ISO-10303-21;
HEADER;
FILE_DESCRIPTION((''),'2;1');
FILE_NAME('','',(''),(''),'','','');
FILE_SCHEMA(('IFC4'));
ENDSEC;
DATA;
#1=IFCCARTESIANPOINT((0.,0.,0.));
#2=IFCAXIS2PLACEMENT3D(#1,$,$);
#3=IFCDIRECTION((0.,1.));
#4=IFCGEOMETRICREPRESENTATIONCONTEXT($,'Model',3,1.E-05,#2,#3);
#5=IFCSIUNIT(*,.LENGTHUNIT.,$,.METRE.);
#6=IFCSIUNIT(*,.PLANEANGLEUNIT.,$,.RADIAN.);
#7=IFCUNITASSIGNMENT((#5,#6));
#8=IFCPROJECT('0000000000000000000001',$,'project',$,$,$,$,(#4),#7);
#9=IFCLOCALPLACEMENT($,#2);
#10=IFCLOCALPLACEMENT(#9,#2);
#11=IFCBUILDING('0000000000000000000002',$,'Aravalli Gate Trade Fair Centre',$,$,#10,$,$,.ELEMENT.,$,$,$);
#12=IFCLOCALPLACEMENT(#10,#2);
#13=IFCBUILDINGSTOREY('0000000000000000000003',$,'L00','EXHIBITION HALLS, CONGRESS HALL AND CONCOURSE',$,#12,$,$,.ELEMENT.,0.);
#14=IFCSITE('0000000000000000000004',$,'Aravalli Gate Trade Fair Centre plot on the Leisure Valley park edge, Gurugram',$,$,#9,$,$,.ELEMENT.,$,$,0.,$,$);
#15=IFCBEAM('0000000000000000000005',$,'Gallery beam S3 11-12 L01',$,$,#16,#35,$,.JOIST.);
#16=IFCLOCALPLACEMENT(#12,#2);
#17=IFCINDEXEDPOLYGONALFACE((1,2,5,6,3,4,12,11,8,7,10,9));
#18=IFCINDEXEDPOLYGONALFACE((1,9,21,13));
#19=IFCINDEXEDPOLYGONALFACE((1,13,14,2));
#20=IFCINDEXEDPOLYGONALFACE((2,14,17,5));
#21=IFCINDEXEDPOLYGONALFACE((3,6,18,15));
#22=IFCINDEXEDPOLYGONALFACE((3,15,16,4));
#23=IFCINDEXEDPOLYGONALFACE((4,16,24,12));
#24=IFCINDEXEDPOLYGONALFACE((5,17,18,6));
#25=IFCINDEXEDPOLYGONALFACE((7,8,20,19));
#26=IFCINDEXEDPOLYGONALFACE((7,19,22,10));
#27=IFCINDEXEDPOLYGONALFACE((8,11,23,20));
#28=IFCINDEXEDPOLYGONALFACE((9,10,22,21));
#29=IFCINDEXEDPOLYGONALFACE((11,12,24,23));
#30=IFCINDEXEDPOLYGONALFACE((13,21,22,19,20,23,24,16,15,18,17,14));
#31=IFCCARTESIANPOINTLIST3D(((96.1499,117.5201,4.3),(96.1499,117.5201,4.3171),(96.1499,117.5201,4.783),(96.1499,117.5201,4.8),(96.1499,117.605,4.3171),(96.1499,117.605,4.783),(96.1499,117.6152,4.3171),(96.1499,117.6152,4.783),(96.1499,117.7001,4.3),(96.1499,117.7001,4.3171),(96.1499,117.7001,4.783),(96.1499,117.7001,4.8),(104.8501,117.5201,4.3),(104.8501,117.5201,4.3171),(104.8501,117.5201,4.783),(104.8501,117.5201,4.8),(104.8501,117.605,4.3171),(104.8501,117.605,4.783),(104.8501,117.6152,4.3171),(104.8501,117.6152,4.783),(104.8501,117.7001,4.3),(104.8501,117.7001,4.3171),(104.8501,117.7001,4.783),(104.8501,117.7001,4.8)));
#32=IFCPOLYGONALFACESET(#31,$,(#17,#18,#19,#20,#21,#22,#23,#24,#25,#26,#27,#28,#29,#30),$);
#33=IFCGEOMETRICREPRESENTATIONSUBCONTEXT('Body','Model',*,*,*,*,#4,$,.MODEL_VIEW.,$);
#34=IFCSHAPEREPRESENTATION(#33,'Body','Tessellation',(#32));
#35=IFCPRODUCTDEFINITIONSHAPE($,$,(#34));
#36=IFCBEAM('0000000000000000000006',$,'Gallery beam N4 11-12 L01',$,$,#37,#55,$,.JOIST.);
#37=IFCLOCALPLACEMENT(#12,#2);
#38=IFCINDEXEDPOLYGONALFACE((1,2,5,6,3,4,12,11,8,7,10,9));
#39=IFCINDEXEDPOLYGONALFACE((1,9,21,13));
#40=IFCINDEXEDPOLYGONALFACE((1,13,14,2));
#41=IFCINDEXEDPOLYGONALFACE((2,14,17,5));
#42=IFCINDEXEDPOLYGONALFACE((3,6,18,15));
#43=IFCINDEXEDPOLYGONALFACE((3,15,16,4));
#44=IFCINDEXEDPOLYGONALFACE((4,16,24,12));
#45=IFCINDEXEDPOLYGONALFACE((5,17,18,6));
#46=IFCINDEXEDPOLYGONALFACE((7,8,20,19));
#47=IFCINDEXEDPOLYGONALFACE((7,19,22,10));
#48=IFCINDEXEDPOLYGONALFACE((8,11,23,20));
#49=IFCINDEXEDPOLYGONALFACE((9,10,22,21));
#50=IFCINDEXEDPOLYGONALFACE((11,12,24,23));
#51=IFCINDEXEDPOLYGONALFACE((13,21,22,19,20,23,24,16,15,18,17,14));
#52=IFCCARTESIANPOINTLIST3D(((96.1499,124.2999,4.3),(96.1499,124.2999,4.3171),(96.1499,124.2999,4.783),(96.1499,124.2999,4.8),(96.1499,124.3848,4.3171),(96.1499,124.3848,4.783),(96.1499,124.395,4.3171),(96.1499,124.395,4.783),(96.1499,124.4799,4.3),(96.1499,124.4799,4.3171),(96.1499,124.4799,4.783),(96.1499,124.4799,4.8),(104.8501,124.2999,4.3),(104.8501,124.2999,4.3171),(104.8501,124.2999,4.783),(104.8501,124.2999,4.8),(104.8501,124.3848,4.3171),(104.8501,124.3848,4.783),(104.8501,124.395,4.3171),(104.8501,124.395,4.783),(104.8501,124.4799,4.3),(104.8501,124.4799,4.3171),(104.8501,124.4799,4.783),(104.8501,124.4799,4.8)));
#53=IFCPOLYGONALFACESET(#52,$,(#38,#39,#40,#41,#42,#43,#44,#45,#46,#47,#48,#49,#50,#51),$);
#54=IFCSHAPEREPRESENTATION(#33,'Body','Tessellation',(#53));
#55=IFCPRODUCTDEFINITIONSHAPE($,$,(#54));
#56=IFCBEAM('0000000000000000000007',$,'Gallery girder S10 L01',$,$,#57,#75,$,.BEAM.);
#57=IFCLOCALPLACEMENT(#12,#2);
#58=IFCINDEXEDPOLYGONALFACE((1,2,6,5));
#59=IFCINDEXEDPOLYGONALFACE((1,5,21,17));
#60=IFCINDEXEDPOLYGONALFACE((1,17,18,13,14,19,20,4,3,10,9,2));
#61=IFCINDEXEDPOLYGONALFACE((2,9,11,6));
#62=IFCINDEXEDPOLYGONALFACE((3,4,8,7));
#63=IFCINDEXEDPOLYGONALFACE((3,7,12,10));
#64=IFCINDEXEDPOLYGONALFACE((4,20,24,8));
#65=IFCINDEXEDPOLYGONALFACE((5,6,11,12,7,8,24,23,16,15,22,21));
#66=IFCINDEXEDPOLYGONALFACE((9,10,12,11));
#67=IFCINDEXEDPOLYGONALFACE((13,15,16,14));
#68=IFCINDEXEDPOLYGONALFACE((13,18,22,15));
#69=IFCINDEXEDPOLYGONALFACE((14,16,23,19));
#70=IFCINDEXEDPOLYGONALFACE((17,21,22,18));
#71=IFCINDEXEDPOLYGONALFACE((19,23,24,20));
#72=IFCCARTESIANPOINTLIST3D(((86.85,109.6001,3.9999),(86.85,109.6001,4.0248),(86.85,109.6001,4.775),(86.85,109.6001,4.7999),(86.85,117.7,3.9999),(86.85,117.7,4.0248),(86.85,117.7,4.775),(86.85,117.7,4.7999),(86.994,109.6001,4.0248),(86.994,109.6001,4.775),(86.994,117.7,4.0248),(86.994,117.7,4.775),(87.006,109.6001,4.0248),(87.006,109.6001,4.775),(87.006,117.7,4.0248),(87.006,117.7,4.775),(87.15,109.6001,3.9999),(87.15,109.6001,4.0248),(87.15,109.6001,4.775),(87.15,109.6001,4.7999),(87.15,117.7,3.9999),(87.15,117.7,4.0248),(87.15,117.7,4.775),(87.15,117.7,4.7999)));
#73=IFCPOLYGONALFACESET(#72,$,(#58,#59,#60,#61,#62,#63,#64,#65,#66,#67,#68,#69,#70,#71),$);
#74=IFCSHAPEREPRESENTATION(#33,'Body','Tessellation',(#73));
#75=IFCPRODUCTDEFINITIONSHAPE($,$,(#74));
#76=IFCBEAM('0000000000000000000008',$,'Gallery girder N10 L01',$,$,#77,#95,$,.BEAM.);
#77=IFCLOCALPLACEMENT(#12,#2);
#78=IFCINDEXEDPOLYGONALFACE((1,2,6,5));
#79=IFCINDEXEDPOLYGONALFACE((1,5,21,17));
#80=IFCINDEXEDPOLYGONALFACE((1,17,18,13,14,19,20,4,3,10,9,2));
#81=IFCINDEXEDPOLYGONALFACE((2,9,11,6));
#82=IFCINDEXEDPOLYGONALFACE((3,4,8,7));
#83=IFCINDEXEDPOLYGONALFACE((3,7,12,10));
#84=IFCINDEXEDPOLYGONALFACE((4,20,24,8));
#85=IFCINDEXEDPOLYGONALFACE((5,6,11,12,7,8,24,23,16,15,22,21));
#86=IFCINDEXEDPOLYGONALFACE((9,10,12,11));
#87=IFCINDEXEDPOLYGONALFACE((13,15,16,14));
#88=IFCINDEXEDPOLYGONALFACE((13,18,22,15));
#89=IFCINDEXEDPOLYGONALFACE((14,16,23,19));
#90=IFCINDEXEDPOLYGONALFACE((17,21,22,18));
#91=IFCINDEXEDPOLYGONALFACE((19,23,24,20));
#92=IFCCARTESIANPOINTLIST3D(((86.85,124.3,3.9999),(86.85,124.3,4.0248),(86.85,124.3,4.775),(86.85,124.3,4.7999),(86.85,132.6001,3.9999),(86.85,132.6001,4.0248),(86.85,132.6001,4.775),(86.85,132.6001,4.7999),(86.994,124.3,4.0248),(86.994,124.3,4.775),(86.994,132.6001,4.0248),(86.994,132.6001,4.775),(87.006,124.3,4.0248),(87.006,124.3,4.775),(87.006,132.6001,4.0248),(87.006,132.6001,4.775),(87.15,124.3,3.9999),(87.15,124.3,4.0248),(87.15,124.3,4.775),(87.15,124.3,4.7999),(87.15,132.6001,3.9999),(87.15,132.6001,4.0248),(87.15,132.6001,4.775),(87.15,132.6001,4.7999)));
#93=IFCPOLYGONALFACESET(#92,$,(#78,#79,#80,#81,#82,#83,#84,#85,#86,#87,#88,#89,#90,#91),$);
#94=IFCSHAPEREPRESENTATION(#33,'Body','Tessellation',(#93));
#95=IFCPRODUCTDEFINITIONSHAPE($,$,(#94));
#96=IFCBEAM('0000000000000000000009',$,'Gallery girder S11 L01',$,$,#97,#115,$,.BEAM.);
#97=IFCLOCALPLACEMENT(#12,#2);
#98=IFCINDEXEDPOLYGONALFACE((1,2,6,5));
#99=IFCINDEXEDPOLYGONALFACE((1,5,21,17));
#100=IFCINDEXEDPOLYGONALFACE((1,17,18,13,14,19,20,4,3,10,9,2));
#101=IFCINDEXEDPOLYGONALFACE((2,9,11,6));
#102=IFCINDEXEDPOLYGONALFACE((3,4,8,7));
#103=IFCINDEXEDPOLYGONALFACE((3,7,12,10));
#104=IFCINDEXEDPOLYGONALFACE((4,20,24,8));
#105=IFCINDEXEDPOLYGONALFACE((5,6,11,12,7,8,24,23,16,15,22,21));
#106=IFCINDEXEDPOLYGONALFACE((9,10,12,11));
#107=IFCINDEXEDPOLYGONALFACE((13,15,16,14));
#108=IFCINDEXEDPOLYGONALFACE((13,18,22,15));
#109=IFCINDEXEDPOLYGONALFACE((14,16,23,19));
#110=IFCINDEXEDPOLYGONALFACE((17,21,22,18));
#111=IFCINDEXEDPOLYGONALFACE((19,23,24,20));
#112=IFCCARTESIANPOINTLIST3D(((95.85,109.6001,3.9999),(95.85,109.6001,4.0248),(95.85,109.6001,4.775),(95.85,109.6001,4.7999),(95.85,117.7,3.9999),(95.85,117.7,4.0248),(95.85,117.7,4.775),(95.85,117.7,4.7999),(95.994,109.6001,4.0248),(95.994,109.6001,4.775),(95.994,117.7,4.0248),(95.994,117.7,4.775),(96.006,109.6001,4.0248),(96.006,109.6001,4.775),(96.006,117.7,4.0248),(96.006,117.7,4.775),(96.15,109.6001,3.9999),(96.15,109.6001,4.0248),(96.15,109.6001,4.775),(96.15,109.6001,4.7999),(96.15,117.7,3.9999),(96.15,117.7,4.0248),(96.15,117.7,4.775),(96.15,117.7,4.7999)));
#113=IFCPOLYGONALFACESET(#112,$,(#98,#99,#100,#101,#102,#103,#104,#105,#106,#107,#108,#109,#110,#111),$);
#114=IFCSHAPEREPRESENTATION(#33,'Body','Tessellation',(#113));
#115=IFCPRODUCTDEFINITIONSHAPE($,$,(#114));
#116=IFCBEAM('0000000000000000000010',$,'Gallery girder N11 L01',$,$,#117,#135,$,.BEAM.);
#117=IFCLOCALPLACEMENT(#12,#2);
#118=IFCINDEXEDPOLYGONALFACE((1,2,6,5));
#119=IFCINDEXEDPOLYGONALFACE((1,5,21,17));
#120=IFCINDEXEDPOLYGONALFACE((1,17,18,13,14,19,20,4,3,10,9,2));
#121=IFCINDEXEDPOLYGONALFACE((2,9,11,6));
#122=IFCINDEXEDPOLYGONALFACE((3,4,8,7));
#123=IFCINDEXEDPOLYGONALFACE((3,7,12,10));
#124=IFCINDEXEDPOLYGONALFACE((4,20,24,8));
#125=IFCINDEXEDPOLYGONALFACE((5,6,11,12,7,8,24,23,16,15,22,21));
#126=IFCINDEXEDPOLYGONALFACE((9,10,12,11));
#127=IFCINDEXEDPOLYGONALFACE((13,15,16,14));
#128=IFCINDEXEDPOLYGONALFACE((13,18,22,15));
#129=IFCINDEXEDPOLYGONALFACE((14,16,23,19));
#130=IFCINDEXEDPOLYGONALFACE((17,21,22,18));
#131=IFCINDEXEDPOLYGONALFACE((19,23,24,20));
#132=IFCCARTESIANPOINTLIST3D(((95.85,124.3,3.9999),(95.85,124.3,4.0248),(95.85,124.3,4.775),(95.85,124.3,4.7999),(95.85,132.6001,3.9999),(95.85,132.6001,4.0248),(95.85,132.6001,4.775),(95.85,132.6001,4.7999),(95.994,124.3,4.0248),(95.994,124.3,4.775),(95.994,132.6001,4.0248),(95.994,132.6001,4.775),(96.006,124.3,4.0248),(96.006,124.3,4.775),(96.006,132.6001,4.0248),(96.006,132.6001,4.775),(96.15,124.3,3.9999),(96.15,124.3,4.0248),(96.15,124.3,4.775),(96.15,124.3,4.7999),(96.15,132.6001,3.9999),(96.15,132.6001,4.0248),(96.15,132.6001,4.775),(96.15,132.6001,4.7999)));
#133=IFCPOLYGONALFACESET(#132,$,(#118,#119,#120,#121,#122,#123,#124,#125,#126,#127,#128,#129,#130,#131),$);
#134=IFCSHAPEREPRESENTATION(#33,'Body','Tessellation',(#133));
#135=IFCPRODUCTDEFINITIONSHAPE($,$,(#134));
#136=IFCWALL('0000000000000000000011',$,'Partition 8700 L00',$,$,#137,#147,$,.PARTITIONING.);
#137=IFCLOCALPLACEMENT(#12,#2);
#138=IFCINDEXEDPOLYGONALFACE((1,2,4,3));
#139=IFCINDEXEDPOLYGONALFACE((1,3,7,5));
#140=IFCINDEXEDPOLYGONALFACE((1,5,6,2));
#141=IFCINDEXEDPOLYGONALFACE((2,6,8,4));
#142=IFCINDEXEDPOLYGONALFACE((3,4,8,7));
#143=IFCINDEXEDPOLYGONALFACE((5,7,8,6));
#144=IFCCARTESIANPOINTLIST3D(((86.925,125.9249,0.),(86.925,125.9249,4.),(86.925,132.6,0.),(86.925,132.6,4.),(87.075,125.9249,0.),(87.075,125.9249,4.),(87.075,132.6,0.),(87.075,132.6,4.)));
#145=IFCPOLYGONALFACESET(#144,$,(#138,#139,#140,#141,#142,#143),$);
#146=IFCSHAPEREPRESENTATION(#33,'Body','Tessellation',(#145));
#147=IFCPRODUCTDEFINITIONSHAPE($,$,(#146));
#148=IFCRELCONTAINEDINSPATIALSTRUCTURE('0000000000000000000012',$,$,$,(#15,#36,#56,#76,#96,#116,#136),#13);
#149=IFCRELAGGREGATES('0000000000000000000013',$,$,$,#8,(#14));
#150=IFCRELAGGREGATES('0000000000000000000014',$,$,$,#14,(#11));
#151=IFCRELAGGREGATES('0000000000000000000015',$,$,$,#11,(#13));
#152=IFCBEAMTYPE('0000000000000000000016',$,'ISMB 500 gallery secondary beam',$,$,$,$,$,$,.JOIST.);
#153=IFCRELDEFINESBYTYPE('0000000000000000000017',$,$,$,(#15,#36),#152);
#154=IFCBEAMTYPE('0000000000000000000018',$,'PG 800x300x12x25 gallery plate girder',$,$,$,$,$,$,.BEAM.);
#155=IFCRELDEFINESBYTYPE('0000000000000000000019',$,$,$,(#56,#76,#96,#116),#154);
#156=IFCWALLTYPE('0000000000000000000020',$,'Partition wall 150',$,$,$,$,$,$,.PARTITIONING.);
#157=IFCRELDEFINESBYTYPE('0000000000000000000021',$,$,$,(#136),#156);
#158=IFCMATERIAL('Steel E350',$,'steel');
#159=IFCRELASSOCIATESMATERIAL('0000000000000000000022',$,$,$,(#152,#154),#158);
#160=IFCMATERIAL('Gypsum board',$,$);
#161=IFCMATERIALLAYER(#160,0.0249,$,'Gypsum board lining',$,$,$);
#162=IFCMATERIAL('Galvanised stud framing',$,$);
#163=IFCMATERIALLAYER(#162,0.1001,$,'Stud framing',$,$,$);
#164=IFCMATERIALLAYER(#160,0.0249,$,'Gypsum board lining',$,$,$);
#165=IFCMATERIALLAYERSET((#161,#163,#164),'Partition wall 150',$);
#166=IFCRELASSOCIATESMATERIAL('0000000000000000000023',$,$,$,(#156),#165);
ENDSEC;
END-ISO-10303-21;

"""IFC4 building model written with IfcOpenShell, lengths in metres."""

from ifc_helpers import new_model, si_unit, direction, frame, frame_2d, origin, origin_2d, place, context, subcontext, project, spatial, rectangle, i_section, extrude, material, layer, layer_set, material_profile, profile_set, type_object, element, save


model = new_model("IFC4")

# Units and contexts
model_context = context("Model", 3, precision=1e-05, world=origin(), true_north=direction((0.0, 1.0)))
body_context = subcontext(model_context, "Body", "Model", "MODEL_VIEW")
ifc_project = project(units=[si_unit("LENGTHUNIT", "METRE"), si_unit("PLANEANGLEUNIT", "RADIAN")], contexts=[model_context])

# Site, building, storey
site_placement = place(None, origin())
site = spatial("IfcSite", under=ifc_project, at=site_placement, Name="Aravalli Gate Trade Fair Centre plot on the Leisure Valley park edge, Gurugram", CompositionType="ELEMENT", RefElevation=0.0)
building_placement = place(site_placement, origin())
building = spatial("IfcBuilding", under=site, at=building_placement, Name="Aravalli Gate Trade Fair Centre", CompositionType="ELEMENT")
storey_placement = place(building_placement, origin())
storey = spatial("IfcBuildingStorey", under=building, at=storey_placement, Name="L00", Description="EXHIBITION HALLS, CONGRESS HALL AND CONCOURSE", CompositionType="ELEMENT", Elevation=0.0)

# Beams
ifc_material_1 = material(Name="Steel E350", Category="steel")
ifc_material_profile_1 = material_profile(ifc_material_1, i_section(OverallWidth=0.1799, OverallDepth=0.5, WebThickness=0.0103, FlangeThickness=0.0171, at=origin_2d()), Name="ISMB 500")
ifc_profile_set_1 = profile_set([ifc_material_profile_1], Name="Steel E350")
beam_type_1 = type_object("IfcBeamType", Name="ISMB 500 gallery secondary beam", PredefinedType="JOIST", material=ifc_profile_set_1)
for number, where, z_axis, x_axis, name in (
    (1, (96.1499, 117.6101, 4.55), (1.0, 0.0, 0.0), (0.0, 1.0, 0.0), "Gallery beam S3 11-12 L01"),
    (2, (96.1499, 124.3899, 4.55), (1.0, 0.0, 0.0), (0.0, 1.0, 0.0), "Gallery beam N4 11-12 L01"),
):
    element("IfcBeam", number, at=place(storey_placement, frame(where, z_axis=z_axis, x_axis=x_axis)), inside=storey, type_object=beam_type_1, Name=name, PredefinedType="JOIST", context=body_context, shape_type="SweptSolid", body=[
        extrude(i_section(OverallWidth=0.1799, OverallDepth=0.5, WebThickness=0.0103, FlangeThickness=0.0171, at=origin_2d()), origin(), (0.0, 0.0, 1.0), 8.7002),
    ])
ifc_material_profile_2 = material_profile(ifc_material_1, i_section(OverallWidth=0.3, OverallDepth=0.8, WebThickness=0.012, FlangeThickness=0.0249, at=origin_2d()), Name="PG 800x300x12x25")
ifc_profile_set_2 = profile_set([ifc_material_profile_2], Name="Steel E350")
beam_type_2 = type_object("IfcBeamType", Name="PG 800x300x12x25 gallery plate girder", PredefinedType="BEAM", material=ifc_profile_set_2)
beam_1_placement = place(storey_placement, frame((87.0, 109.6001, 4.3999), z_axis=(0.0, 1.0, 0.0), x_axis=(-1.0, 0.0, 0.0)))
element("IfcBeam", 3, at=beam_1_placement, inside=storey, type_object=beam_type_2, Name="Gallery girder S10 L01", PredefinedType="BEAM", context=body_context, shape_type="SweptSolid", body=[
    extrude(i_section(OverallWidth=0.3, OverallDepth=0.8, WebThickness=0.012, FlangeThickness=0.0249, at=origin_2d()), origin(), (0.0, 0.0, 1.0), 8.0999),
])
beam_2_placement = place(storey_placement, frame((87.0, 124.3, 4.3999), z_axis=(0.0, 1.0, 0.0), x_axis=(-1.0, 0.0, 0.0)))
element("IfcBeam", 4, at=beam_2_placement, inside=storey, type_object=beam_type_2, Name="Gallery girder N10 L01", PredefinedType="BEAM", context=body_context, shape_type="SweptSolid", body=[
    extrude(i_section(OverallWidth=0.3, OverallDepth=0.8, WebThickness=0.012, FlangeThickness=0.0249, at=origin_2d()), origin(), (0.0, 0.0, 1.0), 8.3),
])
beam_3_placement = place(storey_placement, frame((96.0, 109.6001, 4.3999), z_axis=(0.0, 1.0, 0.0), x_axis=(-1.0, 0.0, 0.0)))
element("IfcBeam", 5, at=beam_3_placement, inside=storey, type_object=beam_type_2, Name="Gallery girder S11 L01", PredefinedType="BEAM", context=body_context, shape_type="SweptSolid", body=[
    extrude(i_section(OverallWidth=0.3, OverallDepth=0.8, WebThickness=0.012, FlangeThickness=0.0249, at=origin_2d()), origin(), (0.0, 0.0, 1.0), 8.0999),
])
beam_4_placement = place(storey_placement, frame((96.0, 124.3, 4.3999), z_axis=(0.0, 1.0, 0.0), x_axis=(-1.0, 0.0, 0.0)))
element("IfcBeam", 6, at=beam_4_placement, inside=storey, type_object=beam_type_2, Name="Gallery girder N11 L01", PredefinedType="BEAM", context=body_context, shape_type="SweptSolid", body=[
    extrude(i_section(OverallWidth=0.3, OverallDepth=0.8, WebThickness=0.012, FlangeThickness=0.0249, at=origin_2d()), origin(), (0.0, 0.0, 1.0), 8.3),
])

# Wall
ifc_material_2 = material(Name="Gypsum board")
ifc_layer_1 = layer(ifc_material_2, 0.0249, Name="Gypsum board lining")
ifc_material_3 = material(Name="Galvanised stud framing")
ifc_layer_2 = layer(ifc_material_3, 0.1001, Name="Stud framing")
ifc_layer_3 = layer(ifc_material_2, 0.0249, Name="Gypsum board lining")
ifc_layer_set = layer_set([ifc_layer_1, ifc_layer_2, ifc_layer_3], Name="Partition wall 150")
wall_type = type_object("IfcWallType", Name="Partition wall 150", PredefinedType="PARTITIONING", material=ifc_layer_set)
wall_1_placement = place(storey_placement, frame((87.0, 125.925, 0.0), z_axis=(0.0, 0.0, 1.0), x_axis=(0.0, 1.0, 0.0)))
element("IfcWall", 7, at=wall_1_placement, inside=storey, type_object=wall_type, Name="Partition 8700 L00", PredefinedType="PARTITIONING", context=body_context, shape_type="SweptSolid", body=[
    extrude(rectangle(XDim=6.675, YDim=0.1499, at=frame_2d((3.3374, 0.0))), origin(), (0.0, 0.0, 1.0), 4.0),
])

save(model, "model.ifc")
